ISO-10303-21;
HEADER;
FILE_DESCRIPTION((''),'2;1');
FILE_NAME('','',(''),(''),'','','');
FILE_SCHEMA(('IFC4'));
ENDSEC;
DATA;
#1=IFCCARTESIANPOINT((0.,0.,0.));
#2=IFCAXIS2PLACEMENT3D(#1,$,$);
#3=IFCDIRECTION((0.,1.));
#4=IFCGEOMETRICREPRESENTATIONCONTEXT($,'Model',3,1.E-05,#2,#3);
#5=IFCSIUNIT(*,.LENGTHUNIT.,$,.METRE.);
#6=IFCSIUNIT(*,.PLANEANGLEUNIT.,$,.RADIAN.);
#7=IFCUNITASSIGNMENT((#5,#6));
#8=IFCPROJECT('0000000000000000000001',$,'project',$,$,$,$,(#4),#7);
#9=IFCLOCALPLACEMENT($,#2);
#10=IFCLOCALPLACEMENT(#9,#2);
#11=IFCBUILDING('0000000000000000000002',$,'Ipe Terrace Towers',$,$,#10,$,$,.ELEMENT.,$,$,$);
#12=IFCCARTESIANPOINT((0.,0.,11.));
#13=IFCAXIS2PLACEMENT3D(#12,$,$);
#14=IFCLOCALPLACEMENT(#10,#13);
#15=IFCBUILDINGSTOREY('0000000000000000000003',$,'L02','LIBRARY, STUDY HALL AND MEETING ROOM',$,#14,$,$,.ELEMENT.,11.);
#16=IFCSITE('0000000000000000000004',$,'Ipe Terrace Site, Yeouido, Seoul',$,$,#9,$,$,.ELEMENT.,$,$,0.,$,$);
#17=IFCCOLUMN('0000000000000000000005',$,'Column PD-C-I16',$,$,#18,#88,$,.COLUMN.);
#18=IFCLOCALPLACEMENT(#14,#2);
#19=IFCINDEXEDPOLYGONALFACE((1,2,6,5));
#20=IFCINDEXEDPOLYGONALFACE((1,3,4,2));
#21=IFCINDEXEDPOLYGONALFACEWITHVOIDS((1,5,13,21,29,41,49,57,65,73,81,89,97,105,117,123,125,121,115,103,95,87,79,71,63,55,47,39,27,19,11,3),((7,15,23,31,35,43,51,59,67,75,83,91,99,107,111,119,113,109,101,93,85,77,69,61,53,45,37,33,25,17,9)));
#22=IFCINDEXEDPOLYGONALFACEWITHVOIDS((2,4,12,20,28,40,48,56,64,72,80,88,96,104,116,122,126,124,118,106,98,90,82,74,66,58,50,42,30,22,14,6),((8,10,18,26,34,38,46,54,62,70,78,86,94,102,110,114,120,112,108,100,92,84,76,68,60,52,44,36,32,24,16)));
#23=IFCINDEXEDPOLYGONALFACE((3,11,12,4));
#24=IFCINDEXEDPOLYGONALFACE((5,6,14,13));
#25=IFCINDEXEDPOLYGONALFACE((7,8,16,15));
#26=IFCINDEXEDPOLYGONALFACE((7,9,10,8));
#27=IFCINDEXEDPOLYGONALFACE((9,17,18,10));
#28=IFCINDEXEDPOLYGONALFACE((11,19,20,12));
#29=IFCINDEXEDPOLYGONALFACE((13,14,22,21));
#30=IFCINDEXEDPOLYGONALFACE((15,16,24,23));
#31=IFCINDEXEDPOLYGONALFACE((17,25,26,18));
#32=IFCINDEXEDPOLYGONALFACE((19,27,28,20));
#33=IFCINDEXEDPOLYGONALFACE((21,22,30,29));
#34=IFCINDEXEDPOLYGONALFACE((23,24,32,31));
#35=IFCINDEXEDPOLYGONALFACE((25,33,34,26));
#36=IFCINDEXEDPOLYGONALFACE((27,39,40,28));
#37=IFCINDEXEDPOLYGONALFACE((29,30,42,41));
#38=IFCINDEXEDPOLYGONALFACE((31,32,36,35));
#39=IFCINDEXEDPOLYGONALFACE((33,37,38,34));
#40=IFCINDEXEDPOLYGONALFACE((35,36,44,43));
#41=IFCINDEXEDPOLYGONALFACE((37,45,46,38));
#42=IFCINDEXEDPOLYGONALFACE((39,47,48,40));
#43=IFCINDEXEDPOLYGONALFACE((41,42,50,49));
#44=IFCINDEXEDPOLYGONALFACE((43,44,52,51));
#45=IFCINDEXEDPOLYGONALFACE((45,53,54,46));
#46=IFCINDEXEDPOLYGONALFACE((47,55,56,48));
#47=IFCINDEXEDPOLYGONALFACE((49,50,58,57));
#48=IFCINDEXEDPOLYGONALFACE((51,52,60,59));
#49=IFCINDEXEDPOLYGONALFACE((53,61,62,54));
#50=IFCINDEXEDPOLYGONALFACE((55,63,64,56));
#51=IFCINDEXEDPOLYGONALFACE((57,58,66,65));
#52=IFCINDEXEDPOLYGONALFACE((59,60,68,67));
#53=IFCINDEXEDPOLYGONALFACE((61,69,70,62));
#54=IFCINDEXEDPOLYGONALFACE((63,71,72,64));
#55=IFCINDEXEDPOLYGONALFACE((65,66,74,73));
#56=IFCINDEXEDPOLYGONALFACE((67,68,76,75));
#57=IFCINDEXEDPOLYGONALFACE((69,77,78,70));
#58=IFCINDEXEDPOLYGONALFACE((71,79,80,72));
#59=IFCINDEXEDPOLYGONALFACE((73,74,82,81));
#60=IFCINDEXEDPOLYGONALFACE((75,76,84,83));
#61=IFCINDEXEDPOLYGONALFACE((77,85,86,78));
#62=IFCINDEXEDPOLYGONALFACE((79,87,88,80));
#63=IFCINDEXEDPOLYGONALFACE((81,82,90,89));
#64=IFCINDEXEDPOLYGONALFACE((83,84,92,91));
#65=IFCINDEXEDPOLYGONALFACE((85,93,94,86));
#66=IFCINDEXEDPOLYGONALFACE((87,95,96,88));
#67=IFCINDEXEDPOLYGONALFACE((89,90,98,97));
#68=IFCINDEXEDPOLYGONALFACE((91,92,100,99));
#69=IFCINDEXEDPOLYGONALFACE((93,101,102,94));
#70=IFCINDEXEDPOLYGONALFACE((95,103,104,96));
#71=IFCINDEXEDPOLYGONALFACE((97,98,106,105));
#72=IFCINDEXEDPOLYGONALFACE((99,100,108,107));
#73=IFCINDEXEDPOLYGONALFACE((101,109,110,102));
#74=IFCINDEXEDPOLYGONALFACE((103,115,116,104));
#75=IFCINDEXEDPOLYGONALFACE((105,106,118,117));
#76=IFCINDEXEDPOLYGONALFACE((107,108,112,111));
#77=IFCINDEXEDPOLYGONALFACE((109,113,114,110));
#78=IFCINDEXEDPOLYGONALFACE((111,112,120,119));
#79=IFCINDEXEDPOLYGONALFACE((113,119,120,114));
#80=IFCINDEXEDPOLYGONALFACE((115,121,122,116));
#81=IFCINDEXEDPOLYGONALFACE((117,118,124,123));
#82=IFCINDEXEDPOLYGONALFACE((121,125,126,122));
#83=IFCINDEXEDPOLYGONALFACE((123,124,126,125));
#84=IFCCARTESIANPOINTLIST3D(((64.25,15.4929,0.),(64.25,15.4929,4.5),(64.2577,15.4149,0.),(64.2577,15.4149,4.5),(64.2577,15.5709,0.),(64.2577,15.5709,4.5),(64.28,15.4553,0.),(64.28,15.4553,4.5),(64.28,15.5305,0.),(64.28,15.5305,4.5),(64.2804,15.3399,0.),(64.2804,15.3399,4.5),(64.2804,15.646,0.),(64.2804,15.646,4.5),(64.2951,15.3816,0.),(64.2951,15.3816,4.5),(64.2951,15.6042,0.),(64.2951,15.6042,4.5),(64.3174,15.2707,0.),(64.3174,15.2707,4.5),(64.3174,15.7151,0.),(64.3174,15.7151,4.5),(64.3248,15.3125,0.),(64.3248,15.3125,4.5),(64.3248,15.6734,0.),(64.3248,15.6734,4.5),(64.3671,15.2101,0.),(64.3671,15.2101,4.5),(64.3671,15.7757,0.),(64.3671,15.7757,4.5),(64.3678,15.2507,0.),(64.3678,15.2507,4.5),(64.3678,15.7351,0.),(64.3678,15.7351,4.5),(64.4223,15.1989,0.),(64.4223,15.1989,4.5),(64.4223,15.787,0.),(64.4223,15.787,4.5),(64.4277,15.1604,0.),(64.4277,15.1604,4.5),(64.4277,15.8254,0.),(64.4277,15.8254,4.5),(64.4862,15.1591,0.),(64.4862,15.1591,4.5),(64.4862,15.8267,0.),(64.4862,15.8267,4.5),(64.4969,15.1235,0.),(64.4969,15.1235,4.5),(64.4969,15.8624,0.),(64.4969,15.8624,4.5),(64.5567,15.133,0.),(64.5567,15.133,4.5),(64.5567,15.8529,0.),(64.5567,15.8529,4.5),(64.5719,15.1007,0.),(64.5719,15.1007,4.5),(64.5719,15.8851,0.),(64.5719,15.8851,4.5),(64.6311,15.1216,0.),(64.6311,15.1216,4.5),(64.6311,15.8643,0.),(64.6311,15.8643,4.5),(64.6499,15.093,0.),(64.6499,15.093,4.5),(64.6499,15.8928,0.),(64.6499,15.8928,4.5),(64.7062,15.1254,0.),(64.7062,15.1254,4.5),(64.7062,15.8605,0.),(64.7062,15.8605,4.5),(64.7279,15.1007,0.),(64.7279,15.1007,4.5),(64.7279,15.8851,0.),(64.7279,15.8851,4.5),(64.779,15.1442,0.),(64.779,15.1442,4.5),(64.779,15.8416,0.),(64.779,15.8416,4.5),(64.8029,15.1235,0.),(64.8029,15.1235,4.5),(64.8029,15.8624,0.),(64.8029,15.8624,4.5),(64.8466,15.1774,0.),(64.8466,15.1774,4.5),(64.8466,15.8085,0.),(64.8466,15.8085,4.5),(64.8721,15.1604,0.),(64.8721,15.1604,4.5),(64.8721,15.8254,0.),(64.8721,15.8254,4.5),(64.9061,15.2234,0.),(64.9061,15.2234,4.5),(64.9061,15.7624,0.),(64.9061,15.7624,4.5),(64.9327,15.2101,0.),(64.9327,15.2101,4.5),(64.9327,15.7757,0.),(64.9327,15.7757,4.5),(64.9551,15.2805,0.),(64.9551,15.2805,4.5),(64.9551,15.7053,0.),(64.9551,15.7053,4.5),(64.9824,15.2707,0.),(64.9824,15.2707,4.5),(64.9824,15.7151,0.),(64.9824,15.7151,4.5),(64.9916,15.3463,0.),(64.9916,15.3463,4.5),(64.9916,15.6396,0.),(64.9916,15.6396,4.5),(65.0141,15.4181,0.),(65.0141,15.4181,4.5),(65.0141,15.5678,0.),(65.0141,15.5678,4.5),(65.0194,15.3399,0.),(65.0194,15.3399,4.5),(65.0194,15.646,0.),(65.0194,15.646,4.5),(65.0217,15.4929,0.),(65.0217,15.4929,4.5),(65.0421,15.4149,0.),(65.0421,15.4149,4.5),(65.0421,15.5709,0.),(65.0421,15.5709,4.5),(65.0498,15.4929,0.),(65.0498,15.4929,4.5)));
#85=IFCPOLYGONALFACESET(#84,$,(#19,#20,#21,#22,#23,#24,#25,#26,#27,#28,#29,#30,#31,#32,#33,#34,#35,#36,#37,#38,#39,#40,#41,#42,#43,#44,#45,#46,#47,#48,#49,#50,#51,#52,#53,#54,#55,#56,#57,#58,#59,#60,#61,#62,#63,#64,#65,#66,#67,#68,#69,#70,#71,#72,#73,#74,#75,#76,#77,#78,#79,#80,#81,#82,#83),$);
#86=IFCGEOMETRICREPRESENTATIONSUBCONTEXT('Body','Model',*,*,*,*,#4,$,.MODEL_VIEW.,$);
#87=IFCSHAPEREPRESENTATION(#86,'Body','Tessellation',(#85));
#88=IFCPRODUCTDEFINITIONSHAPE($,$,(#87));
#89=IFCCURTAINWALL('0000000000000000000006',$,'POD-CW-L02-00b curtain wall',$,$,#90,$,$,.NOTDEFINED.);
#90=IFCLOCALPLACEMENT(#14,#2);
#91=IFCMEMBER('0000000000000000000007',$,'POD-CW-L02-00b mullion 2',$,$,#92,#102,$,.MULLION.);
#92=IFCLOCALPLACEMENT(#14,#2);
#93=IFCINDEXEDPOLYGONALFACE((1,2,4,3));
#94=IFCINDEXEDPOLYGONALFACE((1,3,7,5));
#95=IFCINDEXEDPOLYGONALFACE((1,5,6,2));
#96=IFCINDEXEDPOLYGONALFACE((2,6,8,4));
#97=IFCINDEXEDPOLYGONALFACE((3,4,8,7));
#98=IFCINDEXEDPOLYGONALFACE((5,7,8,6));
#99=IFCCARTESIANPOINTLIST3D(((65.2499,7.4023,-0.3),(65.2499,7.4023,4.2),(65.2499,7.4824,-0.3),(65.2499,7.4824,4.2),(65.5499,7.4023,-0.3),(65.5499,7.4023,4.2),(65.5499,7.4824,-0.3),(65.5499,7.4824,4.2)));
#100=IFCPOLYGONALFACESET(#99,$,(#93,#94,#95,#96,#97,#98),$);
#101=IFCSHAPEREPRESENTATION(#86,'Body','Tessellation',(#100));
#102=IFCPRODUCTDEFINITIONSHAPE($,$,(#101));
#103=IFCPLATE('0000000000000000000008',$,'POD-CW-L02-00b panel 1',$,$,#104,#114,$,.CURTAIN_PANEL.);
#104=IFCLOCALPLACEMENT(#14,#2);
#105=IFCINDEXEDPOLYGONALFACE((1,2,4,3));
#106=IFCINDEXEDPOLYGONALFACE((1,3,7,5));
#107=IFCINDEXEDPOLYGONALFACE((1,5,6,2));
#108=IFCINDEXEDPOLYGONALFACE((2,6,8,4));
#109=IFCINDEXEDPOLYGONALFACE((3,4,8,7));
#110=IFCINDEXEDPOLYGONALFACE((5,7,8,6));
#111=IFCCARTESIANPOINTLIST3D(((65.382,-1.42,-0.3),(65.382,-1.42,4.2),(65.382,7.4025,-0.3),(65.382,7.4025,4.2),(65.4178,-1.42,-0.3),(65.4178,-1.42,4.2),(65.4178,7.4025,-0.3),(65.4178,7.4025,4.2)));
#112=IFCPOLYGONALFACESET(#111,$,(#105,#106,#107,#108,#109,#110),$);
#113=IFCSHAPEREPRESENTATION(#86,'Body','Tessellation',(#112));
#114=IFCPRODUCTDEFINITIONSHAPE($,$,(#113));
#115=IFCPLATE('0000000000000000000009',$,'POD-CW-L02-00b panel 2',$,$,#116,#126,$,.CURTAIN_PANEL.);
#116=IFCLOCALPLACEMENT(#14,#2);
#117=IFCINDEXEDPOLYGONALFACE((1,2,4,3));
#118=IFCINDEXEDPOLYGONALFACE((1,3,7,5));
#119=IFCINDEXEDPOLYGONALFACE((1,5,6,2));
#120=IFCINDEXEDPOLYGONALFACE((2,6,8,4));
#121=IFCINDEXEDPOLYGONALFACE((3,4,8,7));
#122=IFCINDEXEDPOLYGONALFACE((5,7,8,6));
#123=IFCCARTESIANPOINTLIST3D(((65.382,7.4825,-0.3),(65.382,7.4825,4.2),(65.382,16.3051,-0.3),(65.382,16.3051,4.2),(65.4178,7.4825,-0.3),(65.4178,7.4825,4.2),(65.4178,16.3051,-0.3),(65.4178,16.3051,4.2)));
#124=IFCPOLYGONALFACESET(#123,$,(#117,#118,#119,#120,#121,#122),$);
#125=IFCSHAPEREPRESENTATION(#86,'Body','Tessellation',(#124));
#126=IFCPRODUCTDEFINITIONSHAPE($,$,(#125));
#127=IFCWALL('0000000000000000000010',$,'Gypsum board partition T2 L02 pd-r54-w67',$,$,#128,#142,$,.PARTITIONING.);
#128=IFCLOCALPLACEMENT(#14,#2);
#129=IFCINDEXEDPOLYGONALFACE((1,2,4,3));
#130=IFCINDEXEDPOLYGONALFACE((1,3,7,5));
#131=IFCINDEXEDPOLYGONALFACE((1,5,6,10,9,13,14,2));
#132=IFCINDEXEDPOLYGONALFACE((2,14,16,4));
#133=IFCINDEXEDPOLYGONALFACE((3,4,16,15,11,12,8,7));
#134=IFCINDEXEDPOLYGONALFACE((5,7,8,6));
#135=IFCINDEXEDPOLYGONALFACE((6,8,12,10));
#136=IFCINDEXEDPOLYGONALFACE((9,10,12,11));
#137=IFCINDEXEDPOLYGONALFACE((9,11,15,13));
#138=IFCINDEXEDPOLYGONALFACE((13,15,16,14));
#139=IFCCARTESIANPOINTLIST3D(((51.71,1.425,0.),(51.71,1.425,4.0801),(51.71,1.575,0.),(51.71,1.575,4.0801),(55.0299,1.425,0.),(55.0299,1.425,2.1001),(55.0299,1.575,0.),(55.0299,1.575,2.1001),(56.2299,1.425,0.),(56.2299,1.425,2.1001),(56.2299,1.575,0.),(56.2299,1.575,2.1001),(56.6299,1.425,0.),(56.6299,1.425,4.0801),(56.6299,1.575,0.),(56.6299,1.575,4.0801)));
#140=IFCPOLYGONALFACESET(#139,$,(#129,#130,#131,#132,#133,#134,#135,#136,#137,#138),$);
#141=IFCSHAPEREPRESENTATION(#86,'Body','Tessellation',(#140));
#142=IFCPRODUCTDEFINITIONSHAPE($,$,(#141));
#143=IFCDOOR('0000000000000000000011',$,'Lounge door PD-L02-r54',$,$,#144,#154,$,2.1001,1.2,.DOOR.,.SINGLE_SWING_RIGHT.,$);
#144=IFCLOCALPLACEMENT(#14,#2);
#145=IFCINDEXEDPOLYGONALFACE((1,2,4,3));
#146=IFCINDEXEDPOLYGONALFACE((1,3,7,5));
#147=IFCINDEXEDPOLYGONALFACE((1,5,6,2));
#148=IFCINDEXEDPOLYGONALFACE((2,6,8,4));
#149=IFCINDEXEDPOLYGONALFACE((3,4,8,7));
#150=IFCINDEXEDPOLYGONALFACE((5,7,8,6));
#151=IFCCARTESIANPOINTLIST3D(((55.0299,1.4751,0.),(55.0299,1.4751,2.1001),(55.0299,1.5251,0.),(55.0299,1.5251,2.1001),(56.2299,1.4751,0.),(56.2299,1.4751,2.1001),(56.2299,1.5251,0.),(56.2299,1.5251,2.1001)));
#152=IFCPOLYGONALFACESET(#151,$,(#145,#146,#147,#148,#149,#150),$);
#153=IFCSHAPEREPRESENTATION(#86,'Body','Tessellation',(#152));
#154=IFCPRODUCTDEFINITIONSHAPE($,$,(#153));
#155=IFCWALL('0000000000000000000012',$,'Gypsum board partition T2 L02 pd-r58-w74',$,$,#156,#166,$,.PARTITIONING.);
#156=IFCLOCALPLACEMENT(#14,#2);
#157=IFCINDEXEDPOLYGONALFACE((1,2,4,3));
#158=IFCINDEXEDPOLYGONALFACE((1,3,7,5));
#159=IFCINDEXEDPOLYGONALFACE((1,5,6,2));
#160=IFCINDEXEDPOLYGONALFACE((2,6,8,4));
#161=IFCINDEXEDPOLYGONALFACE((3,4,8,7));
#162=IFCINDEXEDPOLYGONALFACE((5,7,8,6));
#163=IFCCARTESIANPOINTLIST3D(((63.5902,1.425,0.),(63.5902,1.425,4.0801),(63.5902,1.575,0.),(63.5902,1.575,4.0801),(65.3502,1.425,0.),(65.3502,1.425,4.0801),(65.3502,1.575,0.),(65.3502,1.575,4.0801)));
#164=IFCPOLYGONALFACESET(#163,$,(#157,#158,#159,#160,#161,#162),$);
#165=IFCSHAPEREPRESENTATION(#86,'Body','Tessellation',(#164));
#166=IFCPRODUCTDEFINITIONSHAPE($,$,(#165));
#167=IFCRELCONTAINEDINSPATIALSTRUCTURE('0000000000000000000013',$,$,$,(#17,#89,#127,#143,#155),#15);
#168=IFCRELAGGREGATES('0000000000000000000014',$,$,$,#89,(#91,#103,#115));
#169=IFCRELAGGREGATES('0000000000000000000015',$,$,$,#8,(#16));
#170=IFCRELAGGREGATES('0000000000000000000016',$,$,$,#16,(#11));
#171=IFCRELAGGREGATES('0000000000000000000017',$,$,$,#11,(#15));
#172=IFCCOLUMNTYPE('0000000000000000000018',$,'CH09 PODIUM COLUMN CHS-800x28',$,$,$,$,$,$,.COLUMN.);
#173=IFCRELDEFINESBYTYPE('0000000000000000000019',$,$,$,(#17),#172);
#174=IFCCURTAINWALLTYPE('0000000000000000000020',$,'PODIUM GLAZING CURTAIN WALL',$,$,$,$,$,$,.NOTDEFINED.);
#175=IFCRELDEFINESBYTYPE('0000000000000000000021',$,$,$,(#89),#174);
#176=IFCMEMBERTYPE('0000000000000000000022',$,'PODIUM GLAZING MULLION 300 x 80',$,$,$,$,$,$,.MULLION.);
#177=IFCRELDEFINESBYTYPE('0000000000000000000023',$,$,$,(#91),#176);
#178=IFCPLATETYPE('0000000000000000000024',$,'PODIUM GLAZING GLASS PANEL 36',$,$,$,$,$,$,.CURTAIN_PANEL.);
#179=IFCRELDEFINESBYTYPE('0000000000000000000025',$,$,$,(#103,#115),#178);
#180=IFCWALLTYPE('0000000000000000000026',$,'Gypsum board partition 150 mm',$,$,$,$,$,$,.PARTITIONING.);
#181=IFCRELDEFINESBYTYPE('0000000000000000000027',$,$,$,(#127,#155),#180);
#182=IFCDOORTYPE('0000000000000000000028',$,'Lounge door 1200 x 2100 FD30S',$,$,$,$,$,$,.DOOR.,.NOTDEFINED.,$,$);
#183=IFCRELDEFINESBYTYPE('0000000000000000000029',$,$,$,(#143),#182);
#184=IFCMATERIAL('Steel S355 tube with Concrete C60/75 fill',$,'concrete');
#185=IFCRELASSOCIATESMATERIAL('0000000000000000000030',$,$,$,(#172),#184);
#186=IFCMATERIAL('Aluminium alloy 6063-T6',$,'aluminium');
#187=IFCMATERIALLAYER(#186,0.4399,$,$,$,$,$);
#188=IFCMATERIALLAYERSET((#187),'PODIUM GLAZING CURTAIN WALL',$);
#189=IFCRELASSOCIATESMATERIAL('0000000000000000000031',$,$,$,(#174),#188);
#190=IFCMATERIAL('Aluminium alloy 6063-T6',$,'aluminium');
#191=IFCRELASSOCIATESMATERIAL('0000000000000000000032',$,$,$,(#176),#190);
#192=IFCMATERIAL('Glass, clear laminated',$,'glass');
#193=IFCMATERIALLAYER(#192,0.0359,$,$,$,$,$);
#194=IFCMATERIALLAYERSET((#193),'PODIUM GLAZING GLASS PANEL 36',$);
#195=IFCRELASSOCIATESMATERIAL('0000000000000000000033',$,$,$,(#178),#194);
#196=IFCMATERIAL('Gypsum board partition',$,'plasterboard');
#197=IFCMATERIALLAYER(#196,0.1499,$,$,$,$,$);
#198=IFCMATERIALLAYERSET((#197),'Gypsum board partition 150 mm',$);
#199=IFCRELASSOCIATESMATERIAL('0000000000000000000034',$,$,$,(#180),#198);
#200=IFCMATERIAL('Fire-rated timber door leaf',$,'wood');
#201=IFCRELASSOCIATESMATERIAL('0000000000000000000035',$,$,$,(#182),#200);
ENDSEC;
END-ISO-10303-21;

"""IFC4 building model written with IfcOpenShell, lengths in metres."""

from ifc_helpers import new_model, si_unit, direction, frame, frame_2d, origin, origin_2d, place, context, subcontext, project, spatial, rectangle, hollow_circle, extrude, material, layer, layer_set, material_profile, profile_set, type_object, element, fill, aggregate, save


model = new_model("IFC4")

# Units and contexts
model_context = context("Model", 3, precision=1e-05, world=origin(), true_north=direction((0.0, 1.0)))
body_context = subcontext(model_context, "Body", "Model", "MODEL_VIEW")
ifc_project = project(units=[si_unit("LENGTHUNIT", "METRE"), si_unit("PLANEANGLEUNIT", "RADIAN")], contexts=[model_context])

# Site, building, storey
site_placement = place(None, origin())
site = spatial("IfcSite", under=ifc_project, at=site_placement, Name="Ipe Terrace Site, Yeouido, Seoul", CompositionType="ELEMENT", RefElevation=0.0)
building_placement = place(site_placement, origin())
building = spatial("IfcBuilding", under=site, at=building_placement, Name="Ipe Terrace Towers", CompositionType="ELEMENT")
storey_placement = place(building_placement, frame((0.0, 0.0, 11.0)))
storey = spatial("IfcBuildingStorey", under=building, at=storey_placement, Name="L02", Description="LIBRARY, STUDY HALL AND MEETING ROOM", CompositionType="ELEMENT", Elevation=11.0)

# Column
ifc_material_1 = material(Name="Steel S355 tube with Concrete C60/75 fill", Category="concrete")
ifc_material_profile_1 = material_profile(ifc_material_1, hollow_circle(Radius=0.3999, WallThickness=0.0281, at=origin_2d()), Name="CHS-800x28")
ifc_profile_set_1 = profile_set([ifc_material_profile_1], Name="Steel S355 tube with Concrete C60/75 fill")
column_type_1 = type_object("IfcColumnType", Name="CH09 PODIUM COLUMN CHS-800x28", PredefinedType="COLUMN", material=ifc_profile_set_1)
for number, where, z_axis, x_axis, name in (
    (1, (64.6499, 15.4929, 0.0), (0.0, 0.0, 1.0), (1.0, 0.0, 0.0), "Column PD-C-I16"),
):
    element("IfcColumn", number, at=place(storey_placement, frame(where, z_axis=z_axis, x_axis=x_axis)), inside=storey, type_object=column_type_1, Name=name, PredefinedType="COLUMN", context=body_context, shape_type="SweptSolid", body=[
        extrude(hollow_circle(Radius=0.3999, WallThickness=0.0281, at=origin_2d()), origin(), (0.0, 0.0, 1.0), 4.5),
    ])

# Curtain wall, member, plates
ifc_material_2 = material(Name="Aluminium alloy 6063-T6", Category="aluminium")
ifc_layer_1 = layer(ifc_material_2, 0.4399)
ifc_layer_set_1 = layer_set([ifc_layer_1], Name="PODIUM GLAZING CURTAIN WALL")
curtain_wall_type = type_object("IfcCurtainWallType", Name="PODIUM GLAZING CURTAIN WALL", PredefinedType="NOTDEFINED", material=ifc_layer_set_1)
curtain_wall_placement = place(storey_placement, origin())
curtain_wall = element("IfcCurtainWall", 2, at=curtain_wall_placement, inside=storey, type_object=curtain_wall_type, Name="POD-CW-L02-00b curtain wall", PredefinedType="NOTDEFINED")
ifc_material_3 = material(Name="Aluminium alloy 6063-T6", Category="aluminium")
ifc_material_profile_2 = material_profile(ifc_material_3, rectangle(XDim=0.3, YDim=0.0801, at=origin_2d()), Name="PODIUM GLAZING MULLION 300 x 80")
ifc_profile_set_2 = profile_set([ifc_material_profile_2], Name="Aluminium alloy 6063-T6")
member_type = type_object("IfcMemberType", Name="PODIUM GLAZING MULLION 300 x 80", PredefinedType="MULLION", material=ifc_profile_set_2)
member_placement = place(storey_placement, frame((65.3999, 7.4424, -0.3), z_axis=(0.0, 0.0, 1.0), x_axis=(1.0, 0.0, 0.0)))
member = element("IfcMember", 3, at=member_placement, type_object=member_type, Name="POD-CW-L02-00b mullion 2", PredefinedType="MULLION", context=body_context, shape_type="SweptSolid", body=[
    extrude(rectangle(XDim=0.3, YDim=0.0801, at=origin_2d()), origin(), (0.0, 0.0, 1.0), 4.5),
])
ifc_material_4 = material(Name="Glass, clear laminated", Category="glass")
ifc_layer_2 = layer(ifc_material_4, 0.0359)
ifc_layer_set_2 = layer_set([ifc_layer_2], Name="PODIUM GLAZING GLASS PANEL 36")
plate_type = type_object("IfcPlateType", Name="PODIUM GLAZING GLASS PANEL 36", PredefinedType="CURTAIN_PANEL", material=ifc_layer_set_2)
plate_1_placement = place(storey_placement, frame((65.3999, 2.9912, -0.3), z_axis=(0.0, 0.0, 1.0), x_axis=(0.0, 1.0, 0.0)))
plate_1 = element("IfcPlate", 4, at=plate_1_placement, type_object=plate_type, Name="POD-CW-L02-00b panel 1", PredefinedType="CURTAIN_PANEL", context=body_context, shape_type="SweptSolid", body=[
    extrude(rectangle(XDim=8.8225, YDim=0.0359, at=origin_2d()), origin(), (0.0, 0.0, 1.0), 4.5),
])
plate_2_placement = place(storey_placement, frame((65.3999, 11.8938, -0.3), z_axis=(0.0, 0.0, 1.0), x_axis=(0.0, 1.0, 0.0)))
plate_2 = element("IfcPlate", 5, at=plate_2_placement, type_object=plate_type, Name="POD-CW-L02-00b panel 2", PredefinedType="CURTAIN_PANEL", context=body_context, shape_type="SweptSolid", body=[
    extrude(rectangle(XDim=8.8225, YDim=0.0359, at=origin_2d()), origin(), (0.0, 0.0, 1.0), 4.5),
])
aggregate(curtain_wall, [member, plate_1, plate_2])

# Wall, opening, door
ifc_material_5 = material(Name="Gypsum board partition", Category="plasterboard")
ifc_layer_3 = layer(ifc_material_5, 0.1499)
ifc_layer_set_3 = layer_set([ifc_layer_3], Name="Gypsum board partition 150 mm")
wall_type_1 = type_object("IfcWallType", Name="Gypsum board partition 150 mm", PredefinedType="PARTITIONING", material=ifc_layer_set_3)
wall_1_placement = place(storey_placement, frame((56.6299, 1.5, 0.0), z_axis=(0.0, 0.0, 1.0), x_axis=(-1.0, 0.0, 0.0)))
wall_1 = element("IfcWall", 6, at=wall_1_placement, inside=storey, type_object=wall_type_1, Name="Gypsum board partition T2 L02 pd-r54-w67", PredefinedType="PARTITIONING", context=body_context, shape_type="SweptSolid", body=[
    extrude(rectangle(XDim=4.9199, YDim=0.1499, at=frame_2d((2.46, 0.0))), origin(), (0.0, 0.0, 1.0), 4.0801),
])
opening_1_placement = place(wall_1_placement, frame((0.3999, 0.0, 0.0)))
opening_1 = element("IfcOpeningElement", 7, at=opening_1_placement, cuts=wall_1, PredefinedType="OPENING", context=body_context, shape_type="SweptSolid", body=[
    extrude(rectangle(XDim=1.2, YDim=2.1001, at=frame_2d((0.6001, 1.05))), frame((0.0, 0.085, 0.0), z_axis=(0.0, -1.0, 0.0), x_axis=(1.0, 0.0, 0.0)), (0.0, 0.0, 1.0), 0.1699),
])
ifc_material_6 = material(Name="Fire-rated timber door leaf", Category="wood")
door_type_1 = type_object("IfcDoorType", Name="Lounge door 1200 x 2100 FD30S", OperationType="NOTDEFINED", PredefinedType="DOOR", material=ifc_material_6)
door_1_placement = place(opening_1_placement, origin())
door_1 = element("IfcDoor", 8, at=door_1_placement, inside=storey, type_object=door_type_1, Name="Lounge door PD-L02-r54", OperationType="SINGLE_SWING_RIGHT", OverallHeight=2.1001, OverallWidth=1.2, PredefinedType="DOOR", context=body_context, shape_type="SweptSolid", body=[
    extrude(rectangle(XDim=1.2, YDim=2.1001, at=frame_2d((0.6001, 1.05))), frame((0.0, 0.0249, 0.0), z_axis=(0.0, -1.0, 0.0), x_axis=(1.0, 0.0, 0.0)), (0.0, 0.0, 1.0), 0.05),
])
fill(opening_1, door_1)

# Wall
wall_2_placement = place(storey_placement, frame((65.3501, 1.5, 0.0), z_axis=(0.0, 0.0, 1.0), x_axis=(-1.0, 0.0, 0.0)))
element("IfcWall", 9, at=wall_2_placement, inside=storey, type_object=wall_type_1, Name="Gypsum board partition T2 L02 pd-r58-w74", PredefinedType="PARTITIONING", context=body_context, shape_type="SweptSolid", body=[
    extrude(rectangle(XDim=1.76, YDim=0.1499, at=frame_2d((0.8799, 0.0))), origin(), (0.0, 0.0, 1.0), 4.0801),
])

save(model, "model.ifc")
